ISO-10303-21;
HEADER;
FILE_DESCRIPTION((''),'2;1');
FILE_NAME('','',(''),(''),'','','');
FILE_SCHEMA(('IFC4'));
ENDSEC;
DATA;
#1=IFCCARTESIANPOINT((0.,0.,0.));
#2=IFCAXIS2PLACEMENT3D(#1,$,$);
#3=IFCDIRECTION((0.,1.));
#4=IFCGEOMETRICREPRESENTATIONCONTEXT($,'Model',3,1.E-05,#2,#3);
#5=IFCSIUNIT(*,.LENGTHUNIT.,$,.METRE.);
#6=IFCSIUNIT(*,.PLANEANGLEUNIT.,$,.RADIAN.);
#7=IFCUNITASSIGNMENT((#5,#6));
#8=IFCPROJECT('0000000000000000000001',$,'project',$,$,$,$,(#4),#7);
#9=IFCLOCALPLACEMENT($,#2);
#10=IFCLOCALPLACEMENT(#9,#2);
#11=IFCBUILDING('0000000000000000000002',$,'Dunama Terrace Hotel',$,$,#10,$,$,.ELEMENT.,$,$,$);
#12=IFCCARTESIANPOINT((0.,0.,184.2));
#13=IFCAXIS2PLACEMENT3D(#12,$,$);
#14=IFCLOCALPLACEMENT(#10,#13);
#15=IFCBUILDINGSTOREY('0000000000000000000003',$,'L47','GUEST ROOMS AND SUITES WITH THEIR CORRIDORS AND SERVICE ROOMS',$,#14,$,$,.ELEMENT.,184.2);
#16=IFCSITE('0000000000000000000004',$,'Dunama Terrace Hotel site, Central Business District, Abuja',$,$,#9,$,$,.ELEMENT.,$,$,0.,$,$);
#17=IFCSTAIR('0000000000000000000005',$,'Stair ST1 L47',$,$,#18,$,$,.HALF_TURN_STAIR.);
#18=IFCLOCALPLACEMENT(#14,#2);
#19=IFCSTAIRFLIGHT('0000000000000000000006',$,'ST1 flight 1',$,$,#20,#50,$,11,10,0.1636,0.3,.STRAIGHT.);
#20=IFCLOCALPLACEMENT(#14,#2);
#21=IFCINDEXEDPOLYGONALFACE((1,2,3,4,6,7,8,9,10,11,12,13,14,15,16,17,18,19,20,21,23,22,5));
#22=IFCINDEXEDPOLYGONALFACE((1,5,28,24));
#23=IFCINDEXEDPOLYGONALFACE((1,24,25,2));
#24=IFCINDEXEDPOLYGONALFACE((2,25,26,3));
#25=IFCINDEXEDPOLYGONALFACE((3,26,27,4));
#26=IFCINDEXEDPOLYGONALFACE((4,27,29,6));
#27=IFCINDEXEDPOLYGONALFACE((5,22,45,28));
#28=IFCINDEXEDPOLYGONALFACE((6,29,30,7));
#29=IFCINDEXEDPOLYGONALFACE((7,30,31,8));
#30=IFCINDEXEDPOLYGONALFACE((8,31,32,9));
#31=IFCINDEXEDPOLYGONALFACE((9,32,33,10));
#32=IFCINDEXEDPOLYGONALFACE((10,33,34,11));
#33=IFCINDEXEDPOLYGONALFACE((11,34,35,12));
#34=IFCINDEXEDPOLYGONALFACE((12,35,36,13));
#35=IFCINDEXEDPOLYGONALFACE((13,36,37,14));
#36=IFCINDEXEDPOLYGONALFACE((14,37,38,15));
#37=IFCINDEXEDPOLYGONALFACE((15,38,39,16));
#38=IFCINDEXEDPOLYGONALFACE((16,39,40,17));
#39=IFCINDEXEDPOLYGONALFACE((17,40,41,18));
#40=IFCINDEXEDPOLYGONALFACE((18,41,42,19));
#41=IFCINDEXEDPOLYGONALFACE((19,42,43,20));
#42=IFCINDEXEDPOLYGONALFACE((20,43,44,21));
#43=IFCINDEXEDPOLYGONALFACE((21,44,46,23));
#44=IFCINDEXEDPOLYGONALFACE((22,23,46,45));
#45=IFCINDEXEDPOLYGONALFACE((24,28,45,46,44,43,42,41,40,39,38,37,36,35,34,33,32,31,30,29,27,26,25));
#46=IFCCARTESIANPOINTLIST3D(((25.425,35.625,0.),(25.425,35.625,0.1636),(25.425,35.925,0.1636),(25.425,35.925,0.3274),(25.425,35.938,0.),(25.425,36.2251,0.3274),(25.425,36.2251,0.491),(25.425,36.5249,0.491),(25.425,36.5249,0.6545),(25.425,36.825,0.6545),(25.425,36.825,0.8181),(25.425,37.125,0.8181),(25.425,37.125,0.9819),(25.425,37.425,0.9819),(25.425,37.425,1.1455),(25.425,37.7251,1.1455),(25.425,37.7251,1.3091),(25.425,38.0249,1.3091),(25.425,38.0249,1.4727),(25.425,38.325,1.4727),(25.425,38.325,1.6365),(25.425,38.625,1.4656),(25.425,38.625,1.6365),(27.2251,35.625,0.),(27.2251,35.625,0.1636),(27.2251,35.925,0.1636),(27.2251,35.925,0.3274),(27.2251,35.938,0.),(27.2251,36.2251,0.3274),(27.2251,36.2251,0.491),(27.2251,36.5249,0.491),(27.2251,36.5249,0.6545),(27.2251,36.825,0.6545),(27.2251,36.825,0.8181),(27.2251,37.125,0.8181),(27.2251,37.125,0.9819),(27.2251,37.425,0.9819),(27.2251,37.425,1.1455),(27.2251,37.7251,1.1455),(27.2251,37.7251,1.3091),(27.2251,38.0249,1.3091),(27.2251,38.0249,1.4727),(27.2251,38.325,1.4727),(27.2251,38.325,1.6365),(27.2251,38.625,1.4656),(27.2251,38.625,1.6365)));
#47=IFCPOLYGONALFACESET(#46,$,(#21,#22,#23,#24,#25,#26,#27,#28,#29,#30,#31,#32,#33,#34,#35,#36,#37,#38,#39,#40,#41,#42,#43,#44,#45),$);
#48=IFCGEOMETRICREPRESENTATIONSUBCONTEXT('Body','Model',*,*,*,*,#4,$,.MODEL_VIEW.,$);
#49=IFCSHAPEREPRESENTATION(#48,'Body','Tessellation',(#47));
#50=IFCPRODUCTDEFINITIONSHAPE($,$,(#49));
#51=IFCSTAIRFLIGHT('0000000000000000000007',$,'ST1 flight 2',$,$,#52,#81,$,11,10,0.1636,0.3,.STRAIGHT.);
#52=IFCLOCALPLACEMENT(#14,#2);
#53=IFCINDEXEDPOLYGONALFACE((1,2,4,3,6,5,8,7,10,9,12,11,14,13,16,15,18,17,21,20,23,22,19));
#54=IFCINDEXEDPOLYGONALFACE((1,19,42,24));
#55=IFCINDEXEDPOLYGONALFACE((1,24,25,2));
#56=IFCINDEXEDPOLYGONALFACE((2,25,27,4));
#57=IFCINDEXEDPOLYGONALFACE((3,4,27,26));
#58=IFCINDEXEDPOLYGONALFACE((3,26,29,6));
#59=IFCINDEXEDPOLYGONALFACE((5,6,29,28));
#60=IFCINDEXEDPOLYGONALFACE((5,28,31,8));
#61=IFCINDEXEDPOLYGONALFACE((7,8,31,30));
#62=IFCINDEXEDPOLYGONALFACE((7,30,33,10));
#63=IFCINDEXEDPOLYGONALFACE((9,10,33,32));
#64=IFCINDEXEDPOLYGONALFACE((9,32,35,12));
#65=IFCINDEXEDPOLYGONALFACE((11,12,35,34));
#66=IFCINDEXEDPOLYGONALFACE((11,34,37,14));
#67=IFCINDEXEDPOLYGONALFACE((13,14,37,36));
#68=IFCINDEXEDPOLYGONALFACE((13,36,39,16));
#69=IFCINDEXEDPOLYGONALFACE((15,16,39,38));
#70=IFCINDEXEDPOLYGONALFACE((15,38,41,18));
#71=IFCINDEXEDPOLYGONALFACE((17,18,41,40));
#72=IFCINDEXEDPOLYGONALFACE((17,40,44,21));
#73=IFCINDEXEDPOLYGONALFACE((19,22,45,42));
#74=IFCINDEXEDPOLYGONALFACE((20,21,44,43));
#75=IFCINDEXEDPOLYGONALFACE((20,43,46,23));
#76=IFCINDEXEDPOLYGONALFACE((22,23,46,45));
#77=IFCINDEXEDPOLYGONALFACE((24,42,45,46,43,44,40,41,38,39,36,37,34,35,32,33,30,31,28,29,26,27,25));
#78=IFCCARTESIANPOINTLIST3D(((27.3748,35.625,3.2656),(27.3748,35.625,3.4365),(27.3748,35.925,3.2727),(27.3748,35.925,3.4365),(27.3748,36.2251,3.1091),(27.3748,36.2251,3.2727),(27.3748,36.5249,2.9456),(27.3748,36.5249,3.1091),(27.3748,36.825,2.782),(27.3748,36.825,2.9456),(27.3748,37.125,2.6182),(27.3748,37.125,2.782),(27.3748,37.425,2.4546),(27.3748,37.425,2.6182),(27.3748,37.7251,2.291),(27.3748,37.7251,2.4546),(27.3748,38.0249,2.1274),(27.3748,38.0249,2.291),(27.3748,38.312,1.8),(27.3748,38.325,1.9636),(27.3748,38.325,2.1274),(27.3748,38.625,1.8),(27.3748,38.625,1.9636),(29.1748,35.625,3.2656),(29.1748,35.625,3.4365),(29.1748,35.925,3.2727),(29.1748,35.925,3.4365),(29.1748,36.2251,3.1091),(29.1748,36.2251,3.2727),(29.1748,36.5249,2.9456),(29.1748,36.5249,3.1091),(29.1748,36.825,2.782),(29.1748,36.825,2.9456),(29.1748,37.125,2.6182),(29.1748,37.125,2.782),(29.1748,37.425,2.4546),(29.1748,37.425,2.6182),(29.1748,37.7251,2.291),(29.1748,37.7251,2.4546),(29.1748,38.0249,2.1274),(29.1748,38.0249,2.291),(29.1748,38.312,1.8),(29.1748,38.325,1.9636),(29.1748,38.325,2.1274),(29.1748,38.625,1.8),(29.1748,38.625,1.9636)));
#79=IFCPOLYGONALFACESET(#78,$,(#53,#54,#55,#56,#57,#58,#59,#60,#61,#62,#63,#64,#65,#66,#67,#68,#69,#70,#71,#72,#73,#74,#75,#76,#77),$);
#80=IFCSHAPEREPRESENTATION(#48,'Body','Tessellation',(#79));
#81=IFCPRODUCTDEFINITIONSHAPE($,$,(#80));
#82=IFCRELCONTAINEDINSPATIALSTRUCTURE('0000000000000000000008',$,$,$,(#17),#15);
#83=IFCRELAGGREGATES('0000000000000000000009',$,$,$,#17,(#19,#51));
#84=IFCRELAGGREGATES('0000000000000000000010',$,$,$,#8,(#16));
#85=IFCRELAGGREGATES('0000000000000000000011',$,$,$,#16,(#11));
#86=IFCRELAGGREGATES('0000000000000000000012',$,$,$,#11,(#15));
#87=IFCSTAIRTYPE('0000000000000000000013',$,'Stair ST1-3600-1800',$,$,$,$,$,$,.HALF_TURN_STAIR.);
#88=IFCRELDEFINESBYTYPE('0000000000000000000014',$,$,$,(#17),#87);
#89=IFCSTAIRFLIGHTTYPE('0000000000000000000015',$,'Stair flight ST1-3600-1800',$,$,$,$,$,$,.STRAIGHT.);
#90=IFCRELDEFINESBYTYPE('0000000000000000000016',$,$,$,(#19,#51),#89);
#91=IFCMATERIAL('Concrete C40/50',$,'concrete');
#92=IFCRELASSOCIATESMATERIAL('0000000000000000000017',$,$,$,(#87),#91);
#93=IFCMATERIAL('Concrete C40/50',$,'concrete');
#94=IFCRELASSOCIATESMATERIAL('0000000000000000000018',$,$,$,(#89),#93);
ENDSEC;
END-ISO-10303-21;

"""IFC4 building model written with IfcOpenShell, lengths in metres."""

from ifc_helpers import new_model, si_unit, direction, frame, origin, place, context, subcontext, project, spatial, polyline, outline, extrude, material, type_object, element, aggregate, save


model = new_model("IFC4")

# Units and contexts
model_context = context("Model", 3, precision=1e-05, world=origin(), true_north=direction((0.0, 1.0)))
body_context = subcontext(model_context, "Body", "Model", "MODEL_VIEW")
ifc_project = project(units=[si_unit("LENGTHUNIT", "METRE"), si_unit("PLANEANGLEUNIT", "RADIAN")], contexts=[model_context])

# Site, building, storey
site_placement = place(None, origin())
site = spatial("IfcSite", under=ifc_project, at=site_placement, Name="Dunama Terrace Hotel site, Central Business District, Abuja", CompositionType="ELEMENT", RefElevation=0.0)
building_placement = place(site_placement, origin())
building = spatial("IfcBuilding", under=site, at=building_placement, Name="Dunama Terrace Hotel", CompositionType="ELEMENT")
storey_placement = place(building_placement, frame((0.0, 0.0, 184.2)))
storey = spatial("IfcBuildingStorey", under=building, at=storey_placement, Name="L47", Description="GUEST ROOMS AND SUITES WITH THEIR CORRIDORS AND SERVICE ROOMS", CompositionType="ELEMENT", Elevation=184.2)

# Stair, stair flights
ifc_material_1 = material(Name="Concrete C40/50", Category="concrete")
stair_type = type_object("IfcStairType", Name="Stair ST1-3600-1800", PredefinedType="HALF_TURN_STAIR", material=ifc_material_1)
stair_placement = place(storey_placement, origin())
stair = element("IfcStair", 1, at=stair_placement, inside=storey, type_object=stair_type, Name="Stair ST1 L47", PredefinedType="HALF_TURN_STAIR")
ifc_material_2 = material(Name="Concrete C40/50", Category="concrete")
stair_flight_type = type_object("IfcStairFlightType", Name="Stair flight ST1-3600-1800", PredefinedType="STRAIGHT", material=ifc_material_2)
stair_flight_1_placement = place(storey_placement, frame((26.325, 35.625, 0.0), z_axis=(0.0, 0.0, 1.0), x_axis=(0.0, 1.0, 0.0)))
stair_flight_1 = element("IfcStairFlight", 2, at=stair_flight_1_placement, type_object=stair_flight_type, Name="ST1 flight 1", NumberOfRisers=11, NumberOfTreads=10, PredefinedType="STRAIGHT", RiserHeight=0.1636, TreadLength=0.3, context=body_context, shape_type="SweptSolid", body=[
    extrude(outline(polyline([(0.0, 0.0), (0.0, 0.1636), (0.3, 0.1636), (0.3, 0.3274), (0.6001, 0.3274), (0.6001, 0.491), (0.8999, 0.491), (0.8999, 0.6545), (1.2, 0.6545), (1.2, 0.8181), (1.5, 0.8181), (1.5, 0.9819), (1.8, 0.9819), (1.8, 1.1455), (2.1001, 1.1455), (2.1001, 1.3091), (2.3999, 1.3091), (2.3999, 1.4727), (2.7, 1.4727), (2.7, 1.6365), (3.0, 1.6365), (3.0, 1.8), (3.0, 1.4656), (0.313, 0.0), (0.0, 0.0)])), frame((0.0, 0.8999, 0.0), z_axis=(0.0, -1.0, 0.0), x_axis=(1.0, 0.0, 0.0)), (0.0, 0.0, 1.0), 1.8),
])
stair_flight_2_placement = place(storey_placement, frame((28.2749, 38.625, 1.8), z_axis=(0.0, 0.0, 1.0), x_axis=(0.0, -1.0, 0.0)))
stair_flight_2 = element("IfcStairFlight", 3, at=stair_flight_2_placement, type_object=stair_flight_type, Name="ST1 flight 2", NumberOfRisers=11, NumberOfTreads=10, PredefinedType="STRAIGHT", RiserHeight=0.1636, TreadLength=0.3, context=body_context, shape_type="SweptSolid", body=[
    extrude(outline(polyline([(0.0, 0.0), (0.0, 0.1636), (0.3, 0.1636), (0.3, 0.3274), (0.6001, 0.3274), (0.6001, 0.491), (0.8999, 0.491), (0.8999, 0.6545), (1.2, 0.6545), (1.2, 0.8181), (1.5, 0.8181), (1.5, 0.9819), (1.8, 0.9819), (1.8, 1.1455), (2.1001, 1.1455), (2.1001, 1.3091), (2.3999, 1.3091), (2.3999, 1.4727), (2.7, 1.4727), (2.7, 1.6365), (3.0, 1.6365), (3.0, 1.8), (3.0, 1.4656), (0.313, 0.0), (0.0, 0.0)])), frame((0.0, 0.8999, 0.0), z_axis=(0.0, -1.0, 0.0), x_axis=(1.0, 0.0, 0.0)), (0.0, 0.0, 1.0), 1.8),
])
aggregate(stair, [stair_flight_1, stair_flight_2])

save(model, "model.ifc")
